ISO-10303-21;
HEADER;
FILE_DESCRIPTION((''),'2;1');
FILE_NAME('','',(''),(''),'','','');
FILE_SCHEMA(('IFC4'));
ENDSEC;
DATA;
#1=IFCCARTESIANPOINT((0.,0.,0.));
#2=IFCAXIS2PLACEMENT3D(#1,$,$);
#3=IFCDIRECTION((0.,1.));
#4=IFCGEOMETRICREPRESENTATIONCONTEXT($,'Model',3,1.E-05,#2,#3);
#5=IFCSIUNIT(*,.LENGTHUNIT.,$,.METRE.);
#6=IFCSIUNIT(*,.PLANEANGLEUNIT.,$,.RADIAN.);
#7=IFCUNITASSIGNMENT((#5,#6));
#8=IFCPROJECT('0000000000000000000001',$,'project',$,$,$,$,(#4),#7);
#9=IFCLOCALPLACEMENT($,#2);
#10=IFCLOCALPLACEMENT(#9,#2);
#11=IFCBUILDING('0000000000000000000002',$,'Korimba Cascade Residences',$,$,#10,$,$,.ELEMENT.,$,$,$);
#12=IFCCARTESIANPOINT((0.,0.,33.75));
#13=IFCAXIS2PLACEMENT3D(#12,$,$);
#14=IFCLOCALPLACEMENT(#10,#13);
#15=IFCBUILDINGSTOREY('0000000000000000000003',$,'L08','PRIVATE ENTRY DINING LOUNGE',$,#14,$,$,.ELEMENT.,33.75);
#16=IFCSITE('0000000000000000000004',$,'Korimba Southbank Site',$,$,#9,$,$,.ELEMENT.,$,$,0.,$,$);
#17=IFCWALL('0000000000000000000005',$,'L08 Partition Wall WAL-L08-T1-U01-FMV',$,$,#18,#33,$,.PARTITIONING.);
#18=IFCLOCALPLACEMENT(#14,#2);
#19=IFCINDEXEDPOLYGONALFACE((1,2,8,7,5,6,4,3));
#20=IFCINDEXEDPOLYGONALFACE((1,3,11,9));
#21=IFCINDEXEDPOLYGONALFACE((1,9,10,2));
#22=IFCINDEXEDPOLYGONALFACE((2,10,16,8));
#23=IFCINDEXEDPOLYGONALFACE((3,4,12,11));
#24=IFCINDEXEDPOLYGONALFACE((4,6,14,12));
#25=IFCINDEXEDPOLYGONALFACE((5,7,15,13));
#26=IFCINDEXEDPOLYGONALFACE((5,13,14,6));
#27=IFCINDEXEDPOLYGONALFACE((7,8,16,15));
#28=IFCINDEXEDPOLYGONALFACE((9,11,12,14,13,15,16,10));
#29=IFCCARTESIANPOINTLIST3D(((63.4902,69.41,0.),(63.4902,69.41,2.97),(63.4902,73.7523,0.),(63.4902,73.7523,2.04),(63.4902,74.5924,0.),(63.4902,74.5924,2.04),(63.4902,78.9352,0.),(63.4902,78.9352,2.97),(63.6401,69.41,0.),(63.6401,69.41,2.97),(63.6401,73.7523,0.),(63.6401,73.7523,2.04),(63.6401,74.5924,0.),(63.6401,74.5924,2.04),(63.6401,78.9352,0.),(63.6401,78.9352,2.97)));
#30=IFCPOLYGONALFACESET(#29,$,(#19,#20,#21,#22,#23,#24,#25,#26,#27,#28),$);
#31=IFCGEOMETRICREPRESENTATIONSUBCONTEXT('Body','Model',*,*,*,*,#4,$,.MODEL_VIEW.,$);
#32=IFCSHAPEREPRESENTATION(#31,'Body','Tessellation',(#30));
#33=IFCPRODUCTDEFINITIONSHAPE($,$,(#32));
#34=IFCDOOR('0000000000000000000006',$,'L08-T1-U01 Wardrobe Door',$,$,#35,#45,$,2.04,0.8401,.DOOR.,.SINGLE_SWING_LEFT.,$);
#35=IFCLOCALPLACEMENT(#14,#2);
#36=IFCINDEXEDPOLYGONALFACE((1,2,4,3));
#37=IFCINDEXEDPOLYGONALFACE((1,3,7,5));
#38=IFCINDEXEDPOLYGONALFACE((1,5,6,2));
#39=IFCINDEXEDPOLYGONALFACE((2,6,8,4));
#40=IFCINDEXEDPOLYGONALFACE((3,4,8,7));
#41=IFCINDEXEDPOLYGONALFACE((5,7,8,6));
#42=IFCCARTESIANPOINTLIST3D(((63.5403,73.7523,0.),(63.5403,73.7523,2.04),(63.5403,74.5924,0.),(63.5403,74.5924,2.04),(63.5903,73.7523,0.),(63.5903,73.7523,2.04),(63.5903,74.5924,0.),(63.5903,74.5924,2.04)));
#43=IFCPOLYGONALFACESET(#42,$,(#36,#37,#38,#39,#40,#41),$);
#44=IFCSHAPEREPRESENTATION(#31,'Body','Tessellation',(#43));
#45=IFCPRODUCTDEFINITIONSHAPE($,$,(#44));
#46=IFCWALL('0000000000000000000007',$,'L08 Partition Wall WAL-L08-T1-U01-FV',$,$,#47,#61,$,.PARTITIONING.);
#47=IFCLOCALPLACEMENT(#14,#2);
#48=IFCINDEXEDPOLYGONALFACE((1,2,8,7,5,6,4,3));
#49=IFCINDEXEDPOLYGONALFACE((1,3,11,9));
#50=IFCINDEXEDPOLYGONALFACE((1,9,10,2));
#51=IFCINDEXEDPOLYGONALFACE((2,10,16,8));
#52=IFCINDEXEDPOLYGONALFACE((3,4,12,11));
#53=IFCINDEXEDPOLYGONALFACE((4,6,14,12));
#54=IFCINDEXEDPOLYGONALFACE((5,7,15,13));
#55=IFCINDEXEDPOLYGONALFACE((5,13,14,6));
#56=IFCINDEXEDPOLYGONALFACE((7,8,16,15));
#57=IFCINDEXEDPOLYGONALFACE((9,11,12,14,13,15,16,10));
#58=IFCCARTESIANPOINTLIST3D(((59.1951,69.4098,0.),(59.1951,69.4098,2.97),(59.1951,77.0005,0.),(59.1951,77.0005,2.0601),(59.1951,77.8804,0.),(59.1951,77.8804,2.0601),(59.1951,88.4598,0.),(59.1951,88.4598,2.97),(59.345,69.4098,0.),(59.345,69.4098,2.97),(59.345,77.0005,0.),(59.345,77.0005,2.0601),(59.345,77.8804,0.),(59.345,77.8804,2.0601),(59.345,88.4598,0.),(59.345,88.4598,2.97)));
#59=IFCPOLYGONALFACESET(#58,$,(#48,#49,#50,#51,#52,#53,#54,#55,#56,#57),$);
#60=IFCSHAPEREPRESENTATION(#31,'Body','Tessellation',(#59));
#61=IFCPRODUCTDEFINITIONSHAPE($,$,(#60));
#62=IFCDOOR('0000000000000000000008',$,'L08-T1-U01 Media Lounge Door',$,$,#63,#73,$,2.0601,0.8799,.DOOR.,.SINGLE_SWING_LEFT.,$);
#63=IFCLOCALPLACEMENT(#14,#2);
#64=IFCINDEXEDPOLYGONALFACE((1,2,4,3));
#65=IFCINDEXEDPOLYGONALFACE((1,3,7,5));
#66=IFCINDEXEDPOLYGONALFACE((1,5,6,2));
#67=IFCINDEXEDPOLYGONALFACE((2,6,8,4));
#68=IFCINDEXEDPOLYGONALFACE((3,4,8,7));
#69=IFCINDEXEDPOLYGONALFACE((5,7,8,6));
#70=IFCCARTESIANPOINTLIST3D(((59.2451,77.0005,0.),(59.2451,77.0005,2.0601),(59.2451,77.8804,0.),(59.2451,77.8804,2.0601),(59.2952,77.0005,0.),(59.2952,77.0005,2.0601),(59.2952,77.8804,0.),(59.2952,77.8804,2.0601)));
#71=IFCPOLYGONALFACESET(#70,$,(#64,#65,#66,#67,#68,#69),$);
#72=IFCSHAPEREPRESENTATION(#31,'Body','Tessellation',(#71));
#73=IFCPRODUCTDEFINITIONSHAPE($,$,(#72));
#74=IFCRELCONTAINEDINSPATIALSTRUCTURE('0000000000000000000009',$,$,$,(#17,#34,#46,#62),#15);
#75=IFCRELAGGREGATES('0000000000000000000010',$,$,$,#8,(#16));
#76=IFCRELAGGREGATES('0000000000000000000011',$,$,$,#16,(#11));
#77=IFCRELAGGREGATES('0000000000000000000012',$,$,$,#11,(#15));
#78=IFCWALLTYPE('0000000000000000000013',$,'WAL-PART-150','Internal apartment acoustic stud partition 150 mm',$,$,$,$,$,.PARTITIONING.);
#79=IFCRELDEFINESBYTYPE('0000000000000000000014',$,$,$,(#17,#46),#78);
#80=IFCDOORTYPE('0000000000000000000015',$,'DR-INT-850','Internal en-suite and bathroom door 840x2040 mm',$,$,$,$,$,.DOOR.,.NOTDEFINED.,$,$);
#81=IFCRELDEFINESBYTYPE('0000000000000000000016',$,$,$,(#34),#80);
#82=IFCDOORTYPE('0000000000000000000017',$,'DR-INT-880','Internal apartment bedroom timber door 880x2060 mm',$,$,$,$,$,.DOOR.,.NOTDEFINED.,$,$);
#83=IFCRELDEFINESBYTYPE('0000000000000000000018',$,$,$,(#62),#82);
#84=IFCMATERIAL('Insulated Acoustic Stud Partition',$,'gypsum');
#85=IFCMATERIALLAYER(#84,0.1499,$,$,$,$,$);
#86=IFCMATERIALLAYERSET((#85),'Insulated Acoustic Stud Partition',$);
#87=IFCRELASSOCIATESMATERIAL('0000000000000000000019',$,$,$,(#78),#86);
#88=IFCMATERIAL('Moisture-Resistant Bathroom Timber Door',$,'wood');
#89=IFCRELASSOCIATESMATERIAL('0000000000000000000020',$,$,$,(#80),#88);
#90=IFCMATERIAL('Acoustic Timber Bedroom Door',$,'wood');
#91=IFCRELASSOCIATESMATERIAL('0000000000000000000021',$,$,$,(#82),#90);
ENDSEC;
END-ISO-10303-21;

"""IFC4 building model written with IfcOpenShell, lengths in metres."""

from ifc_helpers import new_model, si_unit, direction, frame, frame_2d, origin, place, context, subcontext, project, spatial, rectangle, extrude, material, layer, layer_set, type_object, element, fill, save


model = new_model("IFC4")

# Units and contexts
model_context = context("Model", 3, precision=1e-05, world=origin(), true_north=direction((0.0, 1.0)))
body_context = subcontext(model_context, "Body", "Model", "MODEL_VIEW")
ifc_project = project(units=[si_unit("LENGTHUNIT", "METRE"), si_unit("PLANEANGLEUNIT", "RADIAN")], contexts=[model_context])

# Site, building, storey
site_placement = place(None, origin())
site = spatial("IfcSite", under=ifc_project, at=site_placement, Name="Korimba Southbank Site", CompositionType="ELEMENT", RefElevation=0.0)
building_placement = place(site_placement, origin())
building = spatial("IfcBuilding", under=site, at=building_placement, Name="Korimba Cascade Residences", CompositionType="ELEMENT")
storey_placement = place(building_placement, frame((0.0, 0.0, 33.75)))
storey = spatial("IfcBuildingStorey", under=building, at=storey_placement, Name="L08", Description="PRIVATE ENTRY DINING LOUNGE", CompositionType="ELEMENT", Elevation=33.75)

# Walls, openings, doors
ifc_material_1 = material(Name="Insulated Acoustic Stud Partition", Category="gypsum")
ifc_layer_1 = layer(ifc_material_1, 0.1499)
ifc_layer_set_1 = layer_set([ifc_layer_1], Name="Insulated Acoustic Stud Partition")
wall_type_1 = type_object("IfcWallType", Name="WAL-PART-150", Description="Internal apartment acoustic stud partition 150 mm", PredefinedType="PARTITIONING", material=ifc_layer_set_1)
ifc_material_2 = material(Name="Moisture-Resistant Bathroom Timber Door", Category="wood")
door_type_1 = type_object("IfcDoorType", Name="DR-INT-850", Description="Internal en-suite and bathroom door 840x2040 mm", OperationType="NOTDEFINED", PredefinedType="DOOR", material=ifc_material_2)
wall_1_placement = place(storey_placement, frame((63.5652, 69.4099, 0.0), z_axis=(0.0, 0.0, 1.0), x_axis=(0.0, 1.0, 0.0)))
wall_1 = element("IfcWall", 1, at=wall_1_placement, inside=storey, type_object=wall_type_1, Name="L08 Partition Wall WAL-L08-T1-U01-FMV", PredefinedType="PARTITIONING", context=body_context, shape_type="SweptSolid", body=[
    extrude(rectangle(XDim=9.5251, YDim=0.1499, at=frame_2d((4.7627, 0.0))), origin(), (0.0, 0.0, 1.0), 2.97),
])
opening_1_placement = place(wall_1_placement, frame((4.3425, 0.0, 0.0)))
opening_1 = element("IfcOpeningElement", 2, at=opening_1_placement, cuts=wall_1, PredefinedType="OPENING", context=body_context, shape_type="SweptSolid", body=[
    extrude(rectangle(XDim=0.8401, YDim=2.04, at=frame_2d((0.4199, 1.02))), frame((0.0, 0.085, 0.0), z_axis=(0.0, -1.0, 0.0), x_axis=(1.0, 0.0, 0.0)), (0.0, 0.0, 1.0), 0.1699),
])
door_1_placement = place(opening_1_placement, origin())
door_1 = element("IfcDoor", 3, at=door_1_placement, inside=storey, type_object=door_type_1, Name="L08-T1-U01 Wardrobe Door", OperationType="SINGLE_SWING_LEFT", OverallHeight=2.04, OverallWidth=0.8401, PredefinedType="DOOR", context=body_context, shape_type="SweptSolid", body=[
    extrude(rectangle(XDim=0.8401, YDim=2.04, at=frame_2d((0.4199, 1.02))), frame((0.0, 0.0249, 0.0), z_axis=(0.0, -1.0, 0.0), x_axis=(1.0, 0.0, 0.0)), (0.0, 0.0, 1.0), 0.05),
])
fill(opening_1, door_1)
wall_2_placement = place(storey_placement, frame((59.27, 69.4099, 0.0), z_axis=(0.0, 0.0, 1.0), x_axis=(0.0, 1.0, 0.0)))
wall_2 = element("IfcWall", 4, at=wall_2_placement, inside=storey, type_object=wall_type_1, Name="L08 Partition Wall WAL-L08-T1-U01-FV", PredefinedType="PARTITIONING", context=body_context, shape_type="SweptSolid", body=[
    extrude(rectangle(XDim=19.05, YDim=0.1499, at=frame_2d((9.5249, 0.0))), origin(), (0.0, 0.0, 1.0), 2.97),
])
opening_2_placement = place(wall_2_placement, frame((7.5906, 0.0, 0.0)))
opening_2 = element("IfcOpeningElement", 5, at=opening_2_placement, cuts=wall_2, PredefinedType="OPENING", context=body_context, shape_type="SweptSolid", body=[
    extrude(rectangle(XDim=0.8799, YDim=2.0601, at=frame_2d((0.4399, 1.03))), frame((0.0, 0.085, 0.0), z_axis=(0.0, -1.0, 0.0), x_axis=(1.0, 0.0, 0.0)), (0.0, 0.0, 1.0), 0.1699),
])
ifc_material_3 = material(Name="Acoustic Timber Bedroom Door", Category="wood")
door_type_2 = type_object("IfcDoorType", Name="DR-INT-880", Description="Internal apartment bedroom timber door 880x2060 mm", OperationType="NOTDEFINED", PredefinedType="DOOR", material=ifc_material_3)
door_2_placement = place(opening_2_placement, origin())
door_2 = element("IfcDoor", 6, at=door_2_placement, inside=storey, type_object=door_type_2, Name="L08-T1-U01 Media Lounge Door", OperationType="SINGLE_SWING_LEFT", OverallHeight=2.0601, OverallWidth=0.8799, PredefinedType="DOOR", context=body_context, shape_type="SweptSolid", body=[
    extrude(rectangle(XDim=0.8799, YDim=2.0601, at=frame_2d((0.4399, 1.03))), frame((0.0, 0.0249, 0.0), z_axis=(0.0, -1.0, 0.0), x_axis=(1.0, 0.0, 0.0)), (0.0, 0.0, 1.0), 0.05),
])
fill(opening_2, door_2)

save(model, "model.ifc")
